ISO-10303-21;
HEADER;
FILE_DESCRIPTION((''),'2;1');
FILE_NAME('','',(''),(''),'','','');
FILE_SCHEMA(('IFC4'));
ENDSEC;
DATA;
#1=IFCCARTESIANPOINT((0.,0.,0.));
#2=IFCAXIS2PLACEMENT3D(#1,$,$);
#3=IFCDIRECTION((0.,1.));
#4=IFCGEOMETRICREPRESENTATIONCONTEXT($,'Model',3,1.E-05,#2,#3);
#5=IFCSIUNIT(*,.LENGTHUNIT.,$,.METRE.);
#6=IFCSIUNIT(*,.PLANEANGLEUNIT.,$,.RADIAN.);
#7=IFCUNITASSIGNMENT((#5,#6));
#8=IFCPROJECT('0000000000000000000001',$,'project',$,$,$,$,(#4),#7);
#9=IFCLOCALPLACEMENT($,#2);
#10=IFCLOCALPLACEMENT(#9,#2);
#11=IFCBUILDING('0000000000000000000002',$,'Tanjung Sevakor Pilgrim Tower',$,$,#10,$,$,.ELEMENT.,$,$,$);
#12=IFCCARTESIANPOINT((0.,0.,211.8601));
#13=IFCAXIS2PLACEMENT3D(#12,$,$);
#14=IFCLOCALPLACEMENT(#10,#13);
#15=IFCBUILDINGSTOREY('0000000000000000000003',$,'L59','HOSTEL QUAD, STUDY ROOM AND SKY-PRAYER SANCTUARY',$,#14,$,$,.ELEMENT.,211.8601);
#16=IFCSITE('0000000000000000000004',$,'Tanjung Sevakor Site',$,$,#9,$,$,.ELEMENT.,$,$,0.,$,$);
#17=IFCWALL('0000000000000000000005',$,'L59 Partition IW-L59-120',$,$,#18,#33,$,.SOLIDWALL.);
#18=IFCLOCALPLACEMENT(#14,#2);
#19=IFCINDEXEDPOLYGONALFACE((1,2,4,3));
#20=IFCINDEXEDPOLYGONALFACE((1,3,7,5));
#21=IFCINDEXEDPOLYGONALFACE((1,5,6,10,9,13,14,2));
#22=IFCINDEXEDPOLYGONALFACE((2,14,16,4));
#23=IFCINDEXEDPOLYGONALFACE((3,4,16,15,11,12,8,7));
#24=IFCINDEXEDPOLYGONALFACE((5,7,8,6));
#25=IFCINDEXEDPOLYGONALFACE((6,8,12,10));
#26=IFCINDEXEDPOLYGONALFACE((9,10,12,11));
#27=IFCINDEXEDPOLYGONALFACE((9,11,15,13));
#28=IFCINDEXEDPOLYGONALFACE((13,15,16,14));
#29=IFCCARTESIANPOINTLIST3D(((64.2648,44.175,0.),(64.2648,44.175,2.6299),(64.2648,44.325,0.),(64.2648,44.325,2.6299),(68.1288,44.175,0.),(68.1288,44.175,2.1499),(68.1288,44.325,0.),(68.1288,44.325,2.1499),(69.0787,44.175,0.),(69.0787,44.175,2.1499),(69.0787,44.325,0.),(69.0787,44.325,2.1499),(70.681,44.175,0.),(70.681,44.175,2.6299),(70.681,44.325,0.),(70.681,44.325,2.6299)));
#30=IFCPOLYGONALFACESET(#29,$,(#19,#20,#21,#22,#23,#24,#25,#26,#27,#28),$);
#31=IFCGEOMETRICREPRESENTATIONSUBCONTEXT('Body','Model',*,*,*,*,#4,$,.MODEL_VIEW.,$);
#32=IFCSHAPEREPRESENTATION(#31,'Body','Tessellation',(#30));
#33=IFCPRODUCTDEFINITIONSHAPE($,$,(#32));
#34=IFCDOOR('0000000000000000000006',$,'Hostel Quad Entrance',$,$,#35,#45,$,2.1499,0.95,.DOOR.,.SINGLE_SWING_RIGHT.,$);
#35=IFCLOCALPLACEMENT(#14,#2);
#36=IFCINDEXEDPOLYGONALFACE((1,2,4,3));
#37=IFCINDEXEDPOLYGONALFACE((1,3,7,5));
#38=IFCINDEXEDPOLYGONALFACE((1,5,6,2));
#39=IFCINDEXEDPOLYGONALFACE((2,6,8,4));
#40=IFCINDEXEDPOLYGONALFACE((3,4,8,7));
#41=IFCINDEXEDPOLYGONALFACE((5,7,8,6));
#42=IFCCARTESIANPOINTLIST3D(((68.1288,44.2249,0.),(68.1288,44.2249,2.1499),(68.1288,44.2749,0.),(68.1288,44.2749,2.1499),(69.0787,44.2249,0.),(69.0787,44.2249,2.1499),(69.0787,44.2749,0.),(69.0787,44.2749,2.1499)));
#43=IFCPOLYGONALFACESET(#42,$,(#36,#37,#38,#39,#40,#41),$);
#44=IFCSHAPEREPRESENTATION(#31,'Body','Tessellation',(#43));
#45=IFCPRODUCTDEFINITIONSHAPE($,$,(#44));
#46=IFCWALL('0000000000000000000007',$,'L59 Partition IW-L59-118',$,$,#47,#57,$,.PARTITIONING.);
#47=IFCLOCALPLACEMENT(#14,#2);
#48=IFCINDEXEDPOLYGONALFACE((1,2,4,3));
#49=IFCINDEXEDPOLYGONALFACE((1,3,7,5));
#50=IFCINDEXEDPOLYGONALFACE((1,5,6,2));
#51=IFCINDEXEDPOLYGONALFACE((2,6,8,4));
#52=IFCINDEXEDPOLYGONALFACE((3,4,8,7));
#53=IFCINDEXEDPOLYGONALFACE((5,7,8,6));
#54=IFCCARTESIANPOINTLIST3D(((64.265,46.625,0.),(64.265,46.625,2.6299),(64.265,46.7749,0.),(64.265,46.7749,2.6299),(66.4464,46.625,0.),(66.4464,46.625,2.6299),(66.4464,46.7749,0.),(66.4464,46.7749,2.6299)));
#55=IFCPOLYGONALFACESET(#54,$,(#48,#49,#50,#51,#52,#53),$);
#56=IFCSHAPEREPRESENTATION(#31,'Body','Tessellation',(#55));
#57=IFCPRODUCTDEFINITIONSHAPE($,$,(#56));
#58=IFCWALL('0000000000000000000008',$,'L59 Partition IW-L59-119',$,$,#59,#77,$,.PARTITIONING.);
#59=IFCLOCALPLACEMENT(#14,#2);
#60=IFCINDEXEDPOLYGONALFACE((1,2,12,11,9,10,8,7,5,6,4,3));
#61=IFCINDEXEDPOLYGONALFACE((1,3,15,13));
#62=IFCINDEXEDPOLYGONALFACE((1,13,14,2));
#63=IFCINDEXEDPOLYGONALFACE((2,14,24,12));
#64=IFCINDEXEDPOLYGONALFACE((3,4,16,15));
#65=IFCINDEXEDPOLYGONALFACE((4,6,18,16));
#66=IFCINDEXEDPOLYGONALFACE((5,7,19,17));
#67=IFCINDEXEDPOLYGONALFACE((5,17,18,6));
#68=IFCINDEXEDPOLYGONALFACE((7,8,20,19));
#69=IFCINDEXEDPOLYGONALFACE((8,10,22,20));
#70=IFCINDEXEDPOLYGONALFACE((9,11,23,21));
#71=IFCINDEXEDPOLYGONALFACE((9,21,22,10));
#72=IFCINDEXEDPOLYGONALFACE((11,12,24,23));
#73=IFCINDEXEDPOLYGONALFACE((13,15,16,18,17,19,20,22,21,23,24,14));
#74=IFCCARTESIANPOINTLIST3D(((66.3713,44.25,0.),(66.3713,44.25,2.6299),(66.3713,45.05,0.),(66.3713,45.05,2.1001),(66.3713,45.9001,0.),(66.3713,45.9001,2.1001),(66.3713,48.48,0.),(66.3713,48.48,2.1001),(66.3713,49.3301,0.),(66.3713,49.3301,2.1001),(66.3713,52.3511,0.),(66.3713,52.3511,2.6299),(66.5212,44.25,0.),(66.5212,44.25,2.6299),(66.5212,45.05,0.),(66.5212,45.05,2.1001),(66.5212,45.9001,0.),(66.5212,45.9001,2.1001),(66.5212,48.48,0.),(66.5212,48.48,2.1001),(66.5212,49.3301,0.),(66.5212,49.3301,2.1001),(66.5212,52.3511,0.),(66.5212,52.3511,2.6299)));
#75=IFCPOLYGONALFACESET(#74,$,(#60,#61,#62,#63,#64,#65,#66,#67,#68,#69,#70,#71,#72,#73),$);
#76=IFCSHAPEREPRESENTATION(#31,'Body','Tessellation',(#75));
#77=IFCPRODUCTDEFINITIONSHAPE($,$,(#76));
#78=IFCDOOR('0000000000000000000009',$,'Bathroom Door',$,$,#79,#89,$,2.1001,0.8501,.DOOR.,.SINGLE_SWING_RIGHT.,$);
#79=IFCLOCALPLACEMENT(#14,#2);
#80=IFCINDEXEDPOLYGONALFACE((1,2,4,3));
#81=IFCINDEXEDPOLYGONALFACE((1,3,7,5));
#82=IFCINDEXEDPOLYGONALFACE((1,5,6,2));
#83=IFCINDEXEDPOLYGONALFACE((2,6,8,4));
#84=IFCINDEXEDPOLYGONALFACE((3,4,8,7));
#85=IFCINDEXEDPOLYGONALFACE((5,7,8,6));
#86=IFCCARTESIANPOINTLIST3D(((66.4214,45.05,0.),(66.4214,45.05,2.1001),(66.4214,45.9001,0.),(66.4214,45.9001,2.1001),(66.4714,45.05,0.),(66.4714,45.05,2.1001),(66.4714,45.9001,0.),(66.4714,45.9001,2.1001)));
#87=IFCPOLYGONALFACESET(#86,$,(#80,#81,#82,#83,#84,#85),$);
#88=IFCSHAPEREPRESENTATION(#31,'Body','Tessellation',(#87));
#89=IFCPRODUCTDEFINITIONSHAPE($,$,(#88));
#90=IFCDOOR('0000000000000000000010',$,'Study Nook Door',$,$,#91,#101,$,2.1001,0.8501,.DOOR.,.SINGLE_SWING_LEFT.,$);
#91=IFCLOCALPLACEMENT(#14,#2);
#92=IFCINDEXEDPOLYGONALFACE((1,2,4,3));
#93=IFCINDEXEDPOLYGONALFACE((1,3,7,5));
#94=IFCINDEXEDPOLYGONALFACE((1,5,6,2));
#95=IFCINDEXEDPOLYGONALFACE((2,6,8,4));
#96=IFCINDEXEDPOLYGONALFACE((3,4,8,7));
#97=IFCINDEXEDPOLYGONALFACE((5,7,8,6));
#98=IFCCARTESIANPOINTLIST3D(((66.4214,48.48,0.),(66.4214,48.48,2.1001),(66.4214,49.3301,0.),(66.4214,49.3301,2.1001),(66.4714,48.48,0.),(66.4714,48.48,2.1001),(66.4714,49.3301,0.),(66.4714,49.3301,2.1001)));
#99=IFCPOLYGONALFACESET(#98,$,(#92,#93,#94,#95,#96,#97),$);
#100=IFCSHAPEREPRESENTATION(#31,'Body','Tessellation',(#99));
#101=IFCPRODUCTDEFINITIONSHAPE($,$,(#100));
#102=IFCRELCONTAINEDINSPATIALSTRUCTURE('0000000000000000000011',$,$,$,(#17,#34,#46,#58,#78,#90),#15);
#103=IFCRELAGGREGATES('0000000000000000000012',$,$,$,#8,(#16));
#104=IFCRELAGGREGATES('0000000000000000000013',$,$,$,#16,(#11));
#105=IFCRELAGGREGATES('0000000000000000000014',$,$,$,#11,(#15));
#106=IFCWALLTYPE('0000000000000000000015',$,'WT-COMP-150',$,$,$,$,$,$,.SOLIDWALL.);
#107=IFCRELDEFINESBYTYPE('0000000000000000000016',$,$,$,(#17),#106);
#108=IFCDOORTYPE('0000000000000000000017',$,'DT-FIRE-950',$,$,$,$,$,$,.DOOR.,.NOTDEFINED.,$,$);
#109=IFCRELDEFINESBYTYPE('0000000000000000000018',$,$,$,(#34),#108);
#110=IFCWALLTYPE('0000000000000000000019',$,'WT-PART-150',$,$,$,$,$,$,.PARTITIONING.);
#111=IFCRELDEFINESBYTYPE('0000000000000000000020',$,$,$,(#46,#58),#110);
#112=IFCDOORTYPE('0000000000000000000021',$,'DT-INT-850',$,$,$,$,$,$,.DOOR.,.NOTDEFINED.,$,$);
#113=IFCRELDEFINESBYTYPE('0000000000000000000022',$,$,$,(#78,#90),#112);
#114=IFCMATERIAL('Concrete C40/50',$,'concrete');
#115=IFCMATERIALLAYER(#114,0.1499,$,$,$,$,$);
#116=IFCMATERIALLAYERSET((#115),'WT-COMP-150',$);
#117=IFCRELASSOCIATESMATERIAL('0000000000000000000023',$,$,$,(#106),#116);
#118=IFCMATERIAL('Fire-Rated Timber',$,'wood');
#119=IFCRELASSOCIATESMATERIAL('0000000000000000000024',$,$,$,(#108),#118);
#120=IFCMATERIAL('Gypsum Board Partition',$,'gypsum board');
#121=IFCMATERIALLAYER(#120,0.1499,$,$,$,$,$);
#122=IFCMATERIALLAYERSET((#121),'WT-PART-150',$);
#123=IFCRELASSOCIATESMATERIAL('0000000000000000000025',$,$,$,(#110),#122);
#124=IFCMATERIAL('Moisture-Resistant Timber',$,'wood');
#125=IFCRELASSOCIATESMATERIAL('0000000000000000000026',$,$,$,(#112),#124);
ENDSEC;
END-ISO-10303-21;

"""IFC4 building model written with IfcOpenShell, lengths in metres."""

from ifc_helpers import new_model, si_unit, direction, frame, frame_2d, origin, place, context, subcontext, project, spatial, rectangle, extrude, material, layer, layer_set, type_object, element, fill, save


model = new_model("IFC4")

# Units and contexts
model_context = context("Model", 3, precision=1e-05, world=origin(), true_north=direction((0.0, 1.0)))
body_context = subcontext(model_context, "Body", "Model", "MODEL_VIEW")
ifc_project = project(units=[si_unit("LENGTHUNIT", "METRE"), si_unit("PLANEANGLEUNIT", "RADIAN")], contexts=[model_context])

# Site, building, storey
site_placement = place(None, origin())
site = spatial("IfcSite", under=ifc_project, at=site_placement, Name="Tanjung Sevakor Site", CompositionType="ELEMENT", RefElevation=0.0)
building_placement = place(site_placement, origin())
building = spatial("IfcBuilding", under=site, at=building_placement, Name="Tanjung Sevakor Pilgrim Tower", CompositionType="ELEMENT")
storey_placement = place(building_placement, frame((0.0, 0.0, 211.8601)))
storey = spatial("IfcBuildingStorey", under=building, at=storey_placement, Name="L59", Description="HOSTEL QUAD, STUDY ROOM AND SKY-PRAYER SANCTUARY", CompositionType="ELEMENT", Elevation=211.8601)

# Shared definitions
ifc_material_1 = material(Name="Concrete C40/50", Category="concrete")
ifc_layer_1 = layer(ifc_material_1, 0.1499)
ifc_layer_set_1 = layer_set([ifc_layer_1], Name="WT-COMP-150")
wall_type_1 = type_object("IfcWallType", Name="WT-COMP-150", PredefinedType="SOLIDWALL", material=ifc_layer_set_1)

# Wall, opening, door
wall_1_placement = place(storey_placement, frame((64.2649, 44.25, 0.0), z_axis=(0.0, 0.0, 1.0), x_axis=(1.0, 0.0, 0.0)))
wall_1 = element("IfcWall", 1, at=wall_1_placement, inside=storey, type_object=wall_type_1, Name="L59 Partition IW-L59-120", PredefinedType="SOLIDWALL", context=body_context, shape_type="SweptSolid", body=[
    extrude(rectangle(XDim=6.4163, YDim=0.1499, at=frame_2d((3.208, 0.0))), origin(), (0.0, 0.0, 1.0), 2.6299),
])
opening_1_placement = place(wall_1_placement, frame((3.8638, 0.0, 0.0)))
opening_1 = element("IfcOpeningElement", 2, at=opening_1_placement, cuts=wall_1, PredefinedType="OPENING", context=body_context, shape_type="SweptSolid", body=[
    extrude(rectangle(XDim=0.95, YDim=2.1499, at=frame_2d((0.4751, 1.075))), frame((0.0, 0.085, 0.0), z_axis=(0.0, -1.0, 0.0), x_axis=(1.0, 0.0, 0.0)), (0.0, 0.0, 1.0), 0.1699),
])
ifc_material_2 = material(Name="Fire-Rated Timber", Category="wood")
door_type_1 = type_object("IfcDoorType", Name="DT-FIRE-950", OperationType="NOTDEFINED", PredefinedType="DOOR", material=ifc_material_2)
door_1_placement = place(opening_1_placement, origin())
door_1 = element("IfcDoor", 3, at=door_1_placement, inside=storey, type_object=door_type_1, Name="Hostel Quad Entrance", OperationType="SINGLE_SWING_RIGHT", OverallHeight=2.1499, OverallWidth=0.95, PredefinedType="DOOR", context=body_context, shape_type="SweptSolid", body=[
    extrude(rectangle(XDim=0.95, YDim=2.1499, at=frame_2d((0.4751, 1.075))), frame((0.0, 0.0249, 0.0), z_axis=(0.0, -1.0, 0.0), x_axis=(1.0, 0.0, 0.0)), (0.0, 0.0, 1.0), 0.05),
])
fill(opening_1, door_1)

# Wall
ifc_material_3 = material(Name="Gypsum Board Partition", Category="gypsum board")
ifc_layer_2 = layer(ifc_material_3, 0.1499)
ifc_layer_set_2 = layer_set([ifc_layer_2], Name="WT-PART-150")
wall_type_2 = type_object("IfcWallType", Name="WT-PART-150", PredefinedType="PARTITIONING", material=ifc_layer_set_2)
wall_2_placement = place(storey_placement, frame((64.2649, 46.7, 0.0), z_axis=(0.0, 0.0, 1.0), x_axis=(1.0, 0.0, 0.0)))
element("IfcWall", 4, at=wall_2_placement, inside=storey, type_object=wall_type_2, Name="L59 Partition IW-L59-118", PredefinedType="PARTITIONING", context=body_context, shape_type="SweptSolid", body=[
    extrude(rectangle(XDim=2.1814, YDim=0.1499, at=frame_2d((1.0908, 0.0))), origin(), (0.0, 0.0, 1.0), 2.6299),
])

# Wall, openings, doors
wall_3_placement = place(storey_placement, frame((66.4463, 44.25, 0.0), z_axis=(0.0, 0.0, 1.0), x_axis=(0.0, 1.0, 0.0)))
wall_3 = element("IfcWall", 5, at=wall_3_placement, inside=storey, type_object=wall_type_2, Name="L59 Partition IW-L59-119", PredefinedType="PARTITIONING", context=body_context, shape_type="SweptSolid", body=[
    extrude(rectangle(XDim=8.1011, YDim=0.1499, at=frame_2d((4.0505, 0.0))), origin(), (0.0, 0.0, 1.0), 2.6299),
])
opening_2_placement = place(wall_3_placement, frame((0.8, 0.0, 0.0)))
opening_2 = element("IfcOpeningElement", 6, at=opening_2_placement, cuts=wall_3, PredefinedType="OPENING", context=body_context, shape_type="SweptSolid", body=[
    extrude(rectangle(XDim=0.8501, YDim=2.1001, at=frame_2d((0.425, 1.05))), frame((0.0, 0.085, 0.0), z_axis=(0.0, -1.0, 0.0), x_axis=(1.0, 0.0, 0.0)), (0.0, 0.0, 1.0), 0.1699),
])
opening_3_placement = place(wall_3_placement, frame((4.23, 0.0, 0.0)))
opening_3 = element("IfcOpeningElement", 7, at=opening_3_placement, cuts=wall_3, PredefinedType="OPENING", context=body_context, shape_type="SweptSolid", body=[
    extrude(rectangle(XDim=0.8501, YDim=2.1001, at=frame_2d((0.425, 1.05))), frame((0.0, 0.085, 0.0), z_axis=(0.0, -1.0, 0.0), x_axis=(1.0, 0.0, 0.0)), (0.0, 0.0, 1.0), 0.1699),
])
ifc_material_4 = material(Name="Moisture-Resistant Timber", Category="wood")
door_type_2 = type_object("IfcDoorType", Name="DT-INT-850", OperationType="NOTDEFINED", PredefinedType="DOOR", material=ifc_material_4)
door_2_placement = place(opening_2_placement, origin())
door_2 = element("IfcDoor", 8, at=door_2_placement, inside=storey, type_object=door_type_2, Name="Bathroom Door", OperationType="SINGLE_SWING_RIGHT", OverallHeight=2.1001, OverallWidth=0.8501, PredefinedType="DOOR", context=body_context, shape_type="SweptSolid", body=[
    extrude(rectangle(XDim=0.8501, YDim=2.1001, at=frame_2d((0.425, 1.05))), frame((0.0, 0.0249, 0.0), z_axis=(0.0, -1.0, 0.0), x_axis=(1.0, 0.0, 0.0)), (0.0, 0.0, 1.0), 0.05),
])
fill(opening_2, door_2)
door_3_placement = place(opening_3_placement, origin())
door_3 = element("IfcDoor", 9, at=door_3_placement, inside=storey, type_object=door_type_2, Name="Study Nook Door", OperationType="SINGLE_SWING_LEFT", OverallHeight=2.1001, OverallWidth=0.8501, PredefinedType="DOOR", context=body_context, shape_type="SweptSolid", body=[
    extrude(rectangle(XDim=0.8501, YDim=2.1001, at=frame_2d((0.425, 1.05))), frame((0.0, 0.0249, 0.0), z_axis=(0.0, -1.0, 0.0), x_axis=(1.0, 0.0, 0.0)), (0.0, 0.0, 1.0), 0.05),
])
fill(opening_3, door_3)

save(model, "model.ifc")
